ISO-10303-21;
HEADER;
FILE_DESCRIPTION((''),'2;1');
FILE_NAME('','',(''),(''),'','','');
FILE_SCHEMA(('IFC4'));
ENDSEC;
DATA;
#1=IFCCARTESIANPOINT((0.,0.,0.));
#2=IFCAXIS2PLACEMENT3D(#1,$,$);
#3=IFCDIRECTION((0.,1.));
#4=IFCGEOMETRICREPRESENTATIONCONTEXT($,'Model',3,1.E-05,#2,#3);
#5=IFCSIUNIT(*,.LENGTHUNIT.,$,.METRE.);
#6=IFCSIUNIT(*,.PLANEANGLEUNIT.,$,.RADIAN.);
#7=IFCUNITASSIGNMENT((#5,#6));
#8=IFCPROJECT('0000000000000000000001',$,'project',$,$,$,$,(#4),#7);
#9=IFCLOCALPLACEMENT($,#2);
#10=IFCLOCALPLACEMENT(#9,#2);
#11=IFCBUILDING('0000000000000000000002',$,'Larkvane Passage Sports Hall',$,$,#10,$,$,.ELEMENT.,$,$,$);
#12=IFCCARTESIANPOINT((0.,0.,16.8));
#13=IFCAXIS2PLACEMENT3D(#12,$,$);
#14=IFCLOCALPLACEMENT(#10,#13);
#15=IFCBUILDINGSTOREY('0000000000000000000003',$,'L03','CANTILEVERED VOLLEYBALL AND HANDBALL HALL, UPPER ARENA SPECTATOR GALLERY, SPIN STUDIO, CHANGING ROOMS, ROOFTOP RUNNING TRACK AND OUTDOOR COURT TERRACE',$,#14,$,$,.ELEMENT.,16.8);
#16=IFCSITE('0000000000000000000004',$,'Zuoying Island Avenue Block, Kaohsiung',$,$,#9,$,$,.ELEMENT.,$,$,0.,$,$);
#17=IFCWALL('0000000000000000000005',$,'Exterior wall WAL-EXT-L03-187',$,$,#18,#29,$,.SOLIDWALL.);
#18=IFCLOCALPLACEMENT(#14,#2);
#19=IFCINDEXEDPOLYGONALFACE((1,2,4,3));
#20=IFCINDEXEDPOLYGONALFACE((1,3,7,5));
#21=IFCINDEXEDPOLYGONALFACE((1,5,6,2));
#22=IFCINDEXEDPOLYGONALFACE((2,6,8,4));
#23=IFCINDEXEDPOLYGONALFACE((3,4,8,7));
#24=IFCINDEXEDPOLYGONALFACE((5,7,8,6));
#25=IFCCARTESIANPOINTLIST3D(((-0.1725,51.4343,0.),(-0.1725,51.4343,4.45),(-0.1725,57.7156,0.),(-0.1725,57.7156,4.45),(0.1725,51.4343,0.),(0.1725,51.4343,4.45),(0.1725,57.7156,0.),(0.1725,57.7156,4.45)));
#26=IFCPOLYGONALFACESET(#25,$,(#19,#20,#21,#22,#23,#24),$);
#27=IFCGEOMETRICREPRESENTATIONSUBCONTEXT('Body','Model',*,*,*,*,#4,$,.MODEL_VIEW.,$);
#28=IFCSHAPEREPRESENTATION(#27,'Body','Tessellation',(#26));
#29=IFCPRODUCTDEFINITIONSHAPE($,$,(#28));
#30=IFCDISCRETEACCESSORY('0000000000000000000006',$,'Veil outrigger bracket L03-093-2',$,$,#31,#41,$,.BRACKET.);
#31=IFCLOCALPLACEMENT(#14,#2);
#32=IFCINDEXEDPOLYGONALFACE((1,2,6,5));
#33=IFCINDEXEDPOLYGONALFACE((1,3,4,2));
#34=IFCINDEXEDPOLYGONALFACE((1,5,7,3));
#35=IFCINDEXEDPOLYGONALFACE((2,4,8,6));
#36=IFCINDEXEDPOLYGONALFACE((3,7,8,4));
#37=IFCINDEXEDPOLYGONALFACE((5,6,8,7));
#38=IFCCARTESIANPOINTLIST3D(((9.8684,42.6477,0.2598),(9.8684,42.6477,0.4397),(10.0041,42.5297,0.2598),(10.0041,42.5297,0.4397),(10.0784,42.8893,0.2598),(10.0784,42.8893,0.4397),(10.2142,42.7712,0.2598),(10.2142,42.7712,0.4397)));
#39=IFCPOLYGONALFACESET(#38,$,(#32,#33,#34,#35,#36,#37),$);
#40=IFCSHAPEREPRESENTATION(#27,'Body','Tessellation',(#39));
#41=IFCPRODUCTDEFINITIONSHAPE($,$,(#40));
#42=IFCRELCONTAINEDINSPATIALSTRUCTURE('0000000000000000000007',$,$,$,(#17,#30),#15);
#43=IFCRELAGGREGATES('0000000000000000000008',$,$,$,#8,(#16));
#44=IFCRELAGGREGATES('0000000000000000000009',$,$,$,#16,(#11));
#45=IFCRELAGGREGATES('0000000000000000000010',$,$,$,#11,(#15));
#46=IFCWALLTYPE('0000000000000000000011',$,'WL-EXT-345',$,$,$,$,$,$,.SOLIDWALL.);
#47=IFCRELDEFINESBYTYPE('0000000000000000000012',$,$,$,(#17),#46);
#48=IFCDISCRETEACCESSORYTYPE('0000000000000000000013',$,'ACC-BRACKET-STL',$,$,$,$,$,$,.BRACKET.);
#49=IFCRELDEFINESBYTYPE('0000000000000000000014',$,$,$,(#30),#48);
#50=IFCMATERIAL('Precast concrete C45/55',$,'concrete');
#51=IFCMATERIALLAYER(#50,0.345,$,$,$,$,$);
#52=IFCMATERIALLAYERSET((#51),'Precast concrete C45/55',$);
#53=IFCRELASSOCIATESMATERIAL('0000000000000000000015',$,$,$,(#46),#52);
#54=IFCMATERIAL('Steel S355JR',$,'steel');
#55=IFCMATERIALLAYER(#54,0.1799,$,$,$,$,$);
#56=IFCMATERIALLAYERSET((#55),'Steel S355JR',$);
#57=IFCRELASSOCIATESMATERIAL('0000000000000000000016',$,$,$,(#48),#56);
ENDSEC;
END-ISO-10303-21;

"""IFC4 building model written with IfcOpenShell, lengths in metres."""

from ifc_helpers import new_model, si_unit, direction, frame, frame_2d, origin, origin_2d, place, context, subcontext, project, spatial, rectangle, extrude, material, layer, layer_set, type_object, element, save


model = new_model("IFC4")

# Units and contexts
model_context = context("Model", 3, precision=1e-05, world=origin(), true_north=direction((0.0, 1.0)))
body_context = subcontext(model_context, "Body", "Model", "MODEL_VIEW")
ifc_project = project(units=[si_unit("LENGTHUNIT", "METRE"), si_unit("PLANEANGLEUNIT", "RADIAN")], contexts=[model_context])

# Site, building, storey
site_placement = place(None, origin())
site = spatial("IfcSite", under=ifc_project, at=site_placement, Name="Zuoying Island Avenue Block, Kaohsiung", CompositionType="ELEMENT", RefElevation=0.0)
building_placement = place(site_placement, origin())
building = spatial("IfcBuilding", under=site, at=building_placement, Name="Larkvane Passage Sports Hall", CompositionType="ELEMENT")
storey_placement = place(building_placement, frame((0.0, 0.0, 16.8)))
storey = spatial("IfcBuildingStorey", under=building, at=storey_placement, Name="L03", Description="CANTILEVERED VOLLEYBALL AND HANDBALL HALL, UPPER ARENA SPECTATOR GALLERY, SPIN STUDIO, CHANGING ROOMS, ROOFTOP RUNNING TRACK AND OUTDOOR COURT TERRACE", CompositionType="ELEMENT", Elevation=16.8)

# Shared definitions
ifc_material_1 = material(Name="Steel S355JR", Category="steel")

# Shared definitions
ifc_material_2 = material(Name="Precast concrete C45/55", Category="concrete")

# Wall
ifc_layer_1 = layer(ifc_material_2, 0.345)
ifc_layer_set_1 = layer_set([ifc_layer_1], Name="Precast concrete C45/55")
wall_type_1 = type_object("IfcWallType", Name="WL-EXT-345", PredefinedType="SOLIDWALL", material=ifc_layer_set_1)
wall_1_placement = place(storey_placement, frame((0.0, 51.4343, 0.0), z_axis=(0.0, 0.0, 1.0), x_axis=(0.0, 1.0, 0.0)))
element("IfcWall", 1, at=wall_1_placement, inside=storey, type_object=wall_type_1, Name="Exterior wall WAL-EXT-L03-187", PredefinedType="SOLIDWALL", context=body_context, shape_type="SweptSolid", body=[
    extrude(rectangle(XDim=6.2812, YDim=0.345, at=frame_2d((3.1406, 0.0))), origin(), (0.0, 0.0, 1.0), 4.45),
])

# Discrete accessory
ifc_layer_2 = layer(ifc_material_1, 0.1799)
ifc_layer_set_2 = layer_set([ifc_layer_2], Name="Steel S355JR")
discrete_accessory_type = type_object("IfcDiscreteAccessoryType", Name="ACC-BRACKET-STL", PredefinedType="BRACKET", material=ifc_layer_set_2)
discrete_accessory_placement = place(storey_placement, frame((10.0413, 42.7095, 0.2598), z_axis=(0.0, 0.0, 1.0), x_axis=(-0.754606, 0.656179, 0.0)))
element("IfcDiscreteAccessory", 2, at=discrete_accessory_placement, inside=storey, type_object=discrete_accessory_type, Name="Veil outrigger bracket L03-093-2", PredefinedType="BRACKET", context=body_context, shape_type="SweptSolid", body=[
    extrude(rectangle(XDim=0.1799, YDim=0.3201, at=origin_2d()), origin(), (0.0, 0.0, 1.0), 0.1799),
])

save(model, "model.ifc")
